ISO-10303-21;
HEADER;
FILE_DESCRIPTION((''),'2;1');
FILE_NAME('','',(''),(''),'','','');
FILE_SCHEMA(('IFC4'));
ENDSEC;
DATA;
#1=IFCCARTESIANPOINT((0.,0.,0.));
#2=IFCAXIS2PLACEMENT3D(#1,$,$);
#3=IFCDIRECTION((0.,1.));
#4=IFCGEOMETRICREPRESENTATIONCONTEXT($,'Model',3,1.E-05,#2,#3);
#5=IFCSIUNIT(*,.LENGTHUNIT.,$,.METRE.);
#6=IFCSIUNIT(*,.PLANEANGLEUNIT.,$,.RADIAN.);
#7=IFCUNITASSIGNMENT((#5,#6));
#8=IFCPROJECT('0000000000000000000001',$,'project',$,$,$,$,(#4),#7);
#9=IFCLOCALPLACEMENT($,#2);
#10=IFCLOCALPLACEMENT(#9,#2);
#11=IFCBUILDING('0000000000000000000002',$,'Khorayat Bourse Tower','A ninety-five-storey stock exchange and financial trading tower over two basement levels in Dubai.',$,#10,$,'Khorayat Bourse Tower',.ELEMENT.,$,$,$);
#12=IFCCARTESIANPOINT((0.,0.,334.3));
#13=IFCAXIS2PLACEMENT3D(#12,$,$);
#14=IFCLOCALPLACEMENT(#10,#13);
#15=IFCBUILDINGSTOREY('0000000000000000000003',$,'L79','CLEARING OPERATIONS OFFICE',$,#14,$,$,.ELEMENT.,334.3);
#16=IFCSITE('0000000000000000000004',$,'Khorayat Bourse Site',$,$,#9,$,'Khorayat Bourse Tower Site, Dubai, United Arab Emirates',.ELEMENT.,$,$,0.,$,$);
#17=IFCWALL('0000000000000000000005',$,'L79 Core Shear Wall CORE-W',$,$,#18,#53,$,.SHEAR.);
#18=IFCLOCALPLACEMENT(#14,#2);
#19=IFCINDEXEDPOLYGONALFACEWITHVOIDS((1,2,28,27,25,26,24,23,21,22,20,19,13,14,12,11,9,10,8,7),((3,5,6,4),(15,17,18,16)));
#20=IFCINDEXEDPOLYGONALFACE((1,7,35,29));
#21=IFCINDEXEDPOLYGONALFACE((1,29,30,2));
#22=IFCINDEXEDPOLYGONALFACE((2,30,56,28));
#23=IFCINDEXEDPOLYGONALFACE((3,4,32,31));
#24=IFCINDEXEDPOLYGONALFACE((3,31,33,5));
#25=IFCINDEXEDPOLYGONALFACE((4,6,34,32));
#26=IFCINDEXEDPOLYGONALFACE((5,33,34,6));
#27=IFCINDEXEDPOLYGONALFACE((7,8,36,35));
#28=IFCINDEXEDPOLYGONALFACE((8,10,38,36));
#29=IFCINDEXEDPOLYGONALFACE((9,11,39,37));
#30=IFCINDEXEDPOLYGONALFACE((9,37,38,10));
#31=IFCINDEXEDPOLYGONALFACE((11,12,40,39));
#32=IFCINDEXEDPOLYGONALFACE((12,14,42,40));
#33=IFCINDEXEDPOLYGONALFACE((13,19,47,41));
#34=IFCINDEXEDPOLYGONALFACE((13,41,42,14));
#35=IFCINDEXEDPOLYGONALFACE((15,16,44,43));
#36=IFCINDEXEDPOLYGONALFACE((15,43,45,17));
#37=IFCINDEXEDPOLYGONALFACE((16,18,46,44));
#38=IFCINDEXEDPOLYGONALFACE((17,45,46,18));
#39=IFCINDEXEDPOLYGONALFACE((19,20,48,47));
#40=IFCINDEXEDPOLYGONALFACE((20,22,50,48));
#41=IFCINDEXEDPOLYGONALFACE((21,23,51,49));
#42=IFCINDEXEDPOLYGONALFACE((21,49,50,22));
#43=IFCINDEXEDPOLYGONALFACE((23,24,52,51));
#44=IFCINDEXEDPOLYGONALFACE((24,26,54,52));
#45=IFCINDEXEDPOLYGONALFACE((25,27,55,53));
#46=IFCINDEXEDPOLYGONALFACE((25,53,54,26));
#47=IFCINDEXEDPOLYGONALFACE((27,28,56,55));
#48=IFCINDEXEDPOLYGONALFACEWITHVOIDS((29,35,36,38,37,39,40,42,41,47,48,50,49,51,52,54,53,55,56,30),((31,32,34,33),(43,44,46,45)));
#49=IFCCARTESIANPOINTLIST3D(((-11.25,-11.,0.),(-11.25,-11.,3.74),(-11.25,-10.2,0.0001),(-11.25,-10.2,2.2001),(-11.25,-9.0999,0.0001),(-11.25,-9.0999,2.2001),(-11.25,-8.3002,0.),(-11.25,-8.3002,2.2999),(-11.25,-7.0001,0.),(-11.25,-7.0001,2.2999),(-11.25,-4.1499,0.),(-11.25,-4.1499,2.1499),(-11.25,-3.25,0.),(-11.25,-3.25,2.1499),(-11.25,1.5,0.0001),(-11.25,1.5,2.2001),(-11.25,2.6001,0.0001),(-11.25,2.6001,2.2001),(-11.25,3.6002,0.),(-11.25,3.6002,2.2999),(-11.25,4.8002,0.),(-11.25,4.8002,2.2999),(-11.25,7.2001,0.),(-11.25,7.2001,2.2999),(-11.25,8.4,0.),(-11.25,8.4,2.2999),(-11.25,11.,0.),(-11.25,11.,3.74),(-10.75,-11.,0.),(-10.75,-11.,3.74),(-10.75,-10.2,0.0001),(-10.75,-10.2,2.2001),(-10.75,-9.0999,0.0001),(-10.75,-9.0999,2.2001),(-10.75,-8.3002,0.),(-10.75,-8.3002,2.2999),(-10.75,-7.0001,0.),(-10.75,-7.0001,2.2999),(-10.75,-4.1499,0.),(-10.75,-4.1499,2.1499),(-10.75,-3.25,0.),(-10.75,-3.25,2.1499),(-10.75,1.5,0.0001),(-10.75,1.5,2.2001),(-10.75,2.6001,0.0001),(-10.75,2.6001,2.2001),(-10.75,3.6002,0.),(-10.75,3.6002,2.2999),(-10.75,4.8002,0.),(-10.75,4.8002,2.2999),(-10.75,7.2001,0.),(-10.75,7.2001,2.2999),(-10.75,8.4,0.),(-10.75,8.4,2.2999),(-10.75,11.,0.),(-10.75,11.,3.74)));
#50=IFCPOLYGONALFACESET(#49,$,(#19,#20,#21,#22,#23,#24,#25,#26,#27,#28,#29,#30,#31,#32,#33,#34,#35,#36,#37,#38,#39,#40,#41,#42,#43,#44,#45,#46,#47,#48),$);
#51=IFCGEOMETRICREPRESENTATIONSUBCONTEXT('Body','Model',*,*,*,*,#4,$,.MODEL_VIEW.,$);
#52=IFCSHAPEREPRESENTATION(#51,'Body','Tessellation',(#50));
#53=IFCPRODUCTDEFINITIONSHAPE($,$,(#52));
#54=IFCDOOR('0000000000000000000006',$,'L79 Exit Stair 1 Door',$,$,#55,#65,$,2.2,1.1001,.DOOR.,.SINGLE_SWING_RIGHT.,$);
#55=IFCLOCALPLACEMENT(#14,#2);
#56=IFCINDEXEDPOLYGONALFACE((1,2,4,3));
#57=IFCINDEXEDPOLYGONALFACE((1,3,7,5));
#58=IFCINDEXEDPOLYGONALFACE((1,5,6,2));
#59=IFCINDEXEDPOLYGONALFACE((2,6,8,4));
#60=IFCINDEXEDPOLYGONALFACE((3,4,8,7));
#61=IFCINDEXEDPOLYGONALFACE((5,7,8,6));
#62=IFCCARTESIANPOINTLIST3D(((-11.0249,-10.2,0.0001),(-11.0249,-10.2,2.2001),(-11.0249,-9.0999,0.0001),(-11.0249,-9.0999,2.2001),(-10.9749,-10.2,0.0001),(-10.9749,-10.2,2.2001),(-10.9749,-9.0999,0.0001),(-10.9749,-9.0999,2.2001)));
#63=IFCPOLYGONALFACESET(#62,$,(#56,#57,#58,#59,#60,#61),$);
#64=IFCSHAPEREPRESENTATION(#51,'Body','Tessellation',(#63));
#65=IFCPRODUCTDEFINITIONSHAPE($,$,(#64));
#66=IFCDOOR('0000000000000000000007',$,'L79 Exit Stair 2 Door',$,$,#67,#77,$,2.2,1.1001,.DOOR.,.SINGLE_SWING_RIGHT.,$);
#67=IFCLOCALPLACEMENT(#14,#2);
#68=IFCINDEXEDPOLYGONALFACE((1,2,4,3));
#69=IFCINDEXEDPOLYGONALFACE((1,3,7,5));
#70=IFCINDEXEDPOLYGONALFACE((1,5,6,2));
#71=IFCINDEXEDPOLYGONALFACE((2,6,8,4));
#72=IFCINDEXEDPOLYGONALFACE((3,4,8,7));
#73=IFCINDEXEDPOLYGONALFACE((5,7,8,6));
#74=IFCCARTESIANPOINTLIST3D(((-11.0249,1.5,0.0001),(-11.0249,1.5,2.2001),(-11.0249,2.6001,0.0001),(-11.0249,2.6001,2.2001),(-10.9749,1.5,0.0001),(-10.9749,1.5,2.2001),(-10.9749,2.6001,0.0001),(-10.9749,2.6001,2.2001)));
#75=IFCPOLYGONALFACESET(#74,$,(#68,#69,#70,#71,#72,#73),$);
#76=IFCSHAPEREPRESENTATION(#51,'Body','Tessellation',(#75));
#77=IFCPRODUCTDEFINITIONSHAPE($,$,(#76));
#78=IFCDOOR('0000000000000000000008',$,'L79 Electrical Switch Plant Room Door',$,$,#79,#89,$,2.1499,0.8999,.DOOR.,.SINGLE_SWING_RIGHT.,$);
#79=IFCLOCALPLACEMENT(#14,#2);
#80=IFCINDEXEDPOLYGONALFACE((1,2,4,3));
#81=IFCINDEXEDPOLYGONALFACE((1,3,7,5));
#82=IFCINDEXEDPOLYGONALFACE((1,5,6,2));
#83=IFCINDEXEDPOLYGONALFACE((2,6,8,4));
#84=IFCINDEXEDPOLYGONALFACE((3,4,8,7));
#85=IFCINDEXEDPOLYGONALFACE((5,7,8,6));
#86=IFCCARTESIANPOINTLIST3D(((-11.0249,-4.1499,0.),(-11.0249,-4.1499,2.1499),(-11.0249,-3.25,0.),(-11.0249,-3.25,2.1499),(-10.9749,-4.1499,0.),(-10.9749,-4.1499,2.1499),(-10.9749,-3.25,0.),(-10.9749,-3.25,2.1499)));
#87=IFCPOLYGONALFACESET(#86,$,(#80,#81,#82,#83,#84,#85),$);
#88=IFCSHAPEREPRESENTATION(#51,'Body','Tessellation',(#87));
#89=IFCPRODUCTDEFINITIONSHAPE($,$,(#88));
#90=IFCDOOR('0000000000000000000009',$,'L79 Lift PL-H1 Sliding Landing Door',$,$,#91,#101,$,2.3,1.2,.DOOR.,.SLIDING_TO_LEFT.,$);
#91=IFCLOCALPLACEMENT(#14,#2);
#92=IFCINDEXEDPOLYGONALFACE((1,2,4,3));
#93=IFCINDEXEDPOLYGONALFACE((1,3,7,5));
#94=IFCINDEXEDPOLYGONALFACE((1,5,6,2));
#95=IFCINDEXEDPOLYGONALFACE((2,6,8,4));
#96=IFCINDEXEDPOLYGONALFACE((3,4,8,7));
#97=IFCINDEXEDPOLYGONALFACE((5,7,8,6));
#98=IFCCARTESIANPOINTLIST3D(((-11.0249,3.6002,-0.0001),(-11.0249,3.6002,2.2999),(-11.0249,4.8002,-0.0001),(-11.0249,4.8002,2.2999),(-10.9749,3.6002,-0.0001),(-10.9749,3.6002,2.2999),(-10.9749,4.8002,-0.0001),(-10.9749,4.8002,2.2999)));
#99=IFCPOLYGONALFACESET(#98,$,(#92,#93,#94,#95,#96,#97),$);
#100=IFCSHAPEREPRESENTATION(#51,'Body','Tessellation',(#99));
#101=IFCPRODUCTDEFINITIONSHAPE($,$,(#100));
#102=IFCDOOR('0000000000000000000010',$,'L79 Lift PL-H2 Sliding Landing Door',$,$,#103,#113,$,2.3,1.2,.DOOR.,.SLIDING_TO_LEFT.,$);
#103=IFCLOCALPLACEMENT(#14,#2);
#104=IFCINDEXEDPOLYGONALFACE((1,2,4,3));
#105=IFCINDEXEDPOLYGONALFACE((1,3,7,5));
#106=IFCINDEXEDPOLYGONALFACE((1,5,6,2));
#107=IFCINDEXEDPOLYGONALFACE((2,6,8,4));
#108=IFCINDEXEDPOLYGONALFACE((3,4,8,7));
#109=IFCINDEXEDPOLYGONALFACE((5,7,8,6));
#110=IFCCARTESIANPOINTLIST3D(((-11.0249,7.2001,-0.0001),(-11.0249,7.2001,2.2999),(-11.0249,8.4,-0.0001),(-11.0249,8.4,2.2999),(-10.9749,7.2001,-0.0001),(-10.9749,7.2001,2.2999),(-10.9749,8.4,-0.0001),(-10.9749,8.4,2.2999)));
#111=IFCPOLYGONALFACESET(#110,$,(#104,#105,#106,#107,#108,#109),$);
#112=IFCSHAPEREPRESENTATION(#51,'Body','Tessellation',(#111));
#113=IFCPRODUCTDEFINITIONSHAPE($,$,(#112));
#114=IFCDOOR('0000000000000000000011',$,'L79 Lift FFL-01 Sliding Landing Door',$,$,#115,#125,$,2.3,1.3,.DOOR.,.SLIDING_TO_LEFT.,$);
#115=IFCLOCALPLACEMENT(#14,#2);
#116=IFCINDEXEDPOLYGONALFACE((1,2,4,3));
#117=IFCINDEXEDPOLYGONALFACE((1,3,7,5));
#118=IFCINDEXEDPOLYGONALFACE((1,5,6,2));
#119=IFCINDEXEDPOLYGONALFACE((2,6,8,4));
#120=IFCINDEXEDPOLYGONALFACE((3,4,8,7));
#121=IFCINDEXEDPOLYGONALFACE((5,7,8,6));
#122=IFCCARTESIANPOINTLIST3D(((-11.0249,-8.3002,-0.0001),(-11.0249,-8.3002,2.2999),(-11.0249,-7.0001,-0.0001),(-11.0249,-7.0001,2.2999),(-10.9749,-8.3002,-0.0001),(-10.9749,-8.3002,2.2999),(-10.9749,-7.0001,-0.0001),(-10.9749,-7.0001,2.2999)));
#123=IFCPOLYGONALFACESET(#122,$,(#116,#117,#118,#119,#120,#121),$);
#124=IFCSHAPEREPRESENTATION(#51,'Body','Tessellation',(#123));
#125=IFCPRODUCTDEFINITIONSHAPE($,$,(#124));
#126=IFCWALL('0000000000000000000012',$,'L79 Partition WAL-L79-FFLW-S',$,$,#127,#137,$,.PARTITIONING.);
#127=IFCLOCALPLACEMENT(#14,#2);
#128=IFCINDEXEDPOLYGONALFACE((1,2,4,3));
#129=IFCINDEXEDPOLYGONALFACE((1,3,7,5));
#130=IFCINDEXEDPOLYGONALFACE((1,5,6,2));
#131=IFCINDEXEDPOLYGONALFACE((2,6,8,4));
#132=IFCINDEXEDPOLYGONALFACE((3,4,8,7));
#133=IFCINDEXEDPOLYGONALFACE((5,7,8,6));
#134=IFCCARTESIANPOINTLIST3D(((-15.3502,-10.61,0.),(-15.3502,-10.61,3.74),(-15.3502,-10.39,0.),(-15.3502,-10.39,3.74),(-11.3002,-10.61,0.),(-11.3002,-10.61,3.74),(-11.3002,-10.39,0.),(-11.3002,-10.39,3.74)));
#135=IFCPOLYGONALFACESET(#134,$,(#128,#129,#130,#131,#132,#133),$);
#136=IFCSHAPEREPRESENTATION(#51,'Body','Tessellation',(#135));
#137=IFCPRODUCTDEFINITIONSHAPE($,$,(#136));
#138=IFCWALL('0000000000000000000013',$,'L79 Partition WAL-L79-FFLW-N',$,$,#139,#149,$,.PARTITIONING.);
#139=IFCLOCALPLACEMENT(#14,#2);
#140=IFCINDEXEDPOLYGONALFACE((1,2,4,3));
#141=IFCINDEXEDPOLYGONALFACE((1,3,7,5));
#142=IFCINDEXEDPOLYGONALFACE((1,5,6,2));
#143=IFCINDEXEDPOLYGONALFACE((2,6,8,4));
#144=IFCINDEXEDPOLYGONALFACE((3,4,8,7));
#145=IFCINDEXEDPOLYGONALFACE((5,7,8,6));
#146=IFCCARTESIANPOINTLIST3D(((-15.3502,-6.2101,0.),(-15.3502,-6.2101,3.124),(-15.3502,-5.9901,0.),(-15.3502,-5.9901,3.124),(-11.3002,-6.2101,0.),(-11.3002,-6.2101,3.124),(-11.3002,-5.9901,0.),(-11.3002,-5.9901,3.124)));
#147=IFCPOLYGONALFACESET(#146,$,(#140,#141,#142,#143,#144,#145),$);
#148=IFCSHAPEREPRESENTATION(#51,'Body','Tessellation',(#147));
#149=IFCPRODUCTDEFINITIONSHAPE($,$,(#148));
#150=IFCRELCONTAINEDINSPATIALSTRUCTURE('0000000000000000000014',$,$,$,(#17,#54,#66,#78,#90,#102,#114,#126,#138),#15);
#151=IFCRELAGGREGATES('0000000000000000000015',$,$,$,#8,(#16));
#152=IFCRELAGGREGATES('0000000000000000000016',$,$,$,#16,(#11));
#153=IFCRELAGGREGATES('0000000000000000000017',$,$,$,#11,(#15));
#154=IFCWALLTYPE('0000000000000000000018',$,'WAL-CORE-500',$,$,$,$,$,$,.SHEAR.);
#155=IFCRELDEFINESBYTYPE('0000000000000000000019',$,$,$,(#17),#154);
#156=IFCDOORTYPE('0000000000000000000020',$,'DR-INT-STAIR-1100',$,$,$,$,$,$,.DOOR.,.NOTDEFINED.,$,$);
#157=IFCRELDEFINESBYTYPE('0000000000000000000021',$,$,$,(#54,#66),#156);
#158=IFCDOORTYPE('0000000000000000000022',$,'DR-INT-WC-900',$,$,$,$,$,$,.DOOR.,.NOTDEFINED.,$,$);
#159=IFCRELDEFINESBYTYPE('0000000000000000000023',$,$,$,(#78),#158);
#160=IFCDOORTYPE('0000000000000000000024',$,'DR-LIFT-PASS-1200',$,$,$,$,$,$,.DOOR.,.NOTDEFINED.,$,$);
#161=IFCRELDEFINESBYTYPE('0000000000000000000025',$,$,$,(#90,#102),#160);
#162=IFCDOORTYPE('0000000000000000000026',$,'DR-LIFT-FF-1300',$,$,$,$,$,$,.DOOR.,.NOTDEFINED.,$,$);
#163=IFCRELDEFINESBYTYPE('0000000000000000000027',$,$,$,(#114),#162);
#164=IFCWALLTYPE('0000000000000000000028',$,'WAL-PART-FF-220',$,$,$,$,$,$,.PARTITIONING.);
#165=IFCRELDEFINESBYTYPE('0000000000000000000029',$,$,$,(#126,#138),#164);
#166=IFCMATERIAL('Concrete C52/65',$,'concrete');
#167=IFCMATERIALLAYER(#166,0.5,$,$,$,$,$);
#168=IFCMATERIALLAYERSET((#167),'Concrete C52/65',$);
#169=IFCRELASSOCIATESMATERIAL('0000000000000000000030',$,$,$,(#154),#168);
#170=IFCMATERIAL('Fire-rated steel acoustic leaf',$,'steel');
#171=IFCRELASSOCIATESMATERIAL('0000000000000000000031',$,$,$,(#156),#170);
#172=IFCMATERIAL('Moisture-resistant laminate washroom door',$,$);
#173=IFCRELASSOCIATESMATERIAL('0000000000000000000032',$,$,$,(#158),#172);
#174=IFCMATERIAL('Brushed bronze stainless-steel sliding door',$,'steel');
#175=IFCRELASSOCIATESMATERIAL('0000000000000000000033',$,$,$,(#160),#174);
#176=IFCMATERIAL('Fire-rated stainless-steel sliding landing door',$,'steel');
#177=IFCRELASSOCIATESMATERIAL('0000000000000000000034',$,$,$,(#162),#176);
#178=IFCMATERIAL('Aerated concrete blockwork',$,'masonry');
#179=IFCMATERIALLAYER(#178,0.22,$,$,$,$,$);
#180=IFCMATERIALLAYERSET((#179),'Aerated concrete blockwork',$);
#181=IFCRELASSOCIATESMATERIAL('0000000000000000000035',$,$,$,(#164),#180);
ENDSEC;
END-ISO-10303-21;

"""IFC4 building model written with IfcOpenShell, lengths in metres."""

from ifc_helpers import new_model, si_unit, direction, frame, frame_2d, origin, place, context, subcontext, project, spatial, rectangle, extrude, source, transform, mapped, material, layer, layer_set, type_object, element, fill, save


model = new_model("IFC4")

# Units and contexts
model_context = context("Model", 3, precision=1e-05, world=origin(), true_north=direction((0.0, 1.0)))
body_context = subcontext(model_context, "Body", "Model", "MODEL_VIEW")
ifc_project = project(units=[si_unit("LENGTHUNIT", "METRE"), si_unit("PLANEANGLEUNIT", "RADIAN")], contexts=[model_context])

# Site, building, storey
site_placement = place(None, origin())
site = spatial("IfcSite", under=ifc_project, at=site_placement, Name="Khorayat Bourse Site", LongName="Khorayat Bourse Tower Site, Dubai, United Arab Emirates", CompositionType="ELEMENT", RefElevation=0.0)
building_placement = place(site_placement, origin())
building = spatial("IfcBuilding", under=site, at=building_placement, Name="Khorayat Bourse Tower", Description="A ninety-five-storey stock exchange and financial trading tower over two basement levels in Dubai.", LongName="Khorayat Bourse Tower", CompositionType="ELEMENT")
storey_placement = place(building_placement, frame((0.0, 0.0, 334.3)))
storey = spatial("IfcBuildingStorey", under=building, at=storey_placement, Name="L79", Description="CLEARING OPERATIONS OFFICE", CompositionType="ELEMENT", Elevation=334.3)

# Shared definitions
ifc_material_1 = material(Name="Concrete C52/65", Category="concrete")

# Wall, openings, doors
ifc_layer_1 = layer(ifc_material_1, 0.5)
ifc_layer_set_1 = layer_set([ifc_layer_1], Name="Concrete C52/65")
wall_type_1 = type_object("IfcWallType", Name="WAL-CORE-500", PredefinedType="SHEAR", material=ifc_layer_set_1)
shared_shape_1 = source(origin(), body_context, "Body", "SweptSolid", [
    extrude(rectangle(XDim=22.0, YDim=0.5, at=frame_2d((11.0, 0.0))), origin(), (0.0, 0.0, 1.0), 3.74),
])
wall_1_placement = place(storey_placement, frame((-11.0, -11.0, 0.0), z_axis=(0.0, 0.0, 1.0), x_axis=(0.0, 1.0, 0.0)))
wall_1 = element("IfcWall", 1, at=wall_1_placement, inside=storey, type_object=wall_type_1, Name="L79 Core Shear Wall CORE-W", PredefinedType="SHEAR", context=body_context, shape_type="MappedRepresentation", body=[
    mapped(shared_shape_1, transform((0.0, 0.0, 0.0), scale=1.0)),
])
shared_shape_2 = source(origin(), body_context, "Body", "SweptSolid", [
    extrude(rectangle(XDim=1.1001, YDim=2.2, at=frame_2d((0.55, 1.1001))), frame((0.0, 0.26, 0.0), z_axis=(0.0, -1.0, 0.0), x_axis=(1.0, 0.0, 0.0)), (0.0, 0.0, 1.0), 0.52),
])
opening_1_placement = place(wall_1_placement, frame((0.8, 0.0, 0.0)))
opening_1 = element("IfcOpeningElement", 2, at=opening_1_placement, cuts=wall_1, PredefinedType="OPENING", context=body_context, shape_type="MappedRepresentation", body=[
    mapped(shared_shape_2, transform((0.0, 0.0, 0.0), scale=1.0)),
])
opening_2_placement = place(wall_1_placement, frame((12.5, 0.0, 0.0)))
opening_2 = element("IfcOpeningElement", 3, at=opening_2_placement, cuts=wall_1, PredefinedType="OPENING", context=body_context, shape_type="MappedRepresentation", body=[
    mapped(shared_shape_2, transform((0.0, 0.0, 0.0), scale=1.0)),
])
shared_shape_3 = source(origin(), body_context, "Body", "SweptSolid", [
    extrude(rectangle(XDim=0.8999, YDim=2.1499, at=frame_2d((0.45, 1.075))), frame((0.0, 0.26, 0.0), z_axis=(0.0, -1.0, 0.0), x_axis=(1.0, 0.0, 0.0)), (0.0, 0.0, 1.0), 0.52),
])
opening_3_placement = place(wall_1_placement, frame((6.8501, 0.0, 0.0)))
opening_3 = element("IfcOpeningElement", 4, at=opening_3_placement, cuts=wall_1, PredefinedType="OPENING", context=body_context, shape_type="MappedRepresentation", body=[
    mapped(shared_shape_3, transform((0.0, 0.0, 0.0), scale=1.0)),
])
shared_shape_4 = source(origin(), body_context, "Body", "SweptSolid", [
    extrude(rectangle(XDim=1.2, YDim=2.3, at=frame_2d((0.6001, 1.1499))), frame((0.0, 0.26, 0.0), z_axis=(0.0, -1.0, 0.0), x_axis=(1.0, 0.0, 0.0)), (0.0, 0.0, 1.0), 0.52),
])
opening_4_placement = place(wall_1_placement, frame((14.6001, 0.0, 0.0)))
opening_4 = element("IfcOpeningElement", 5, at=opening_4_placement, cuts=wall_1, PredefinedType="OPENING", context=body_context, shape_type="MappedRepresentation", body=[
    mapped(shared_shape_4, transform((0.0, 0.0, 0.0), scale=1.0)),
])
opening_5_placement = place(wall_1_placement, frame((18.2, 0.0, 0.0)))
opening_5 = element("IfcOpeningElement", 6, at=opening_5_placement, cuts=wall_1, PredefinedType="OPENING", context=body_context, shape_type="MappedRepresentation", body=[
    mapped(shared_shape_4, transform((0.0, 0.0, 0.0), scale=1.0)),
])
shared_shape_5 = source(origin(), body_context, "Body", "SweptSolid", [
    extrude(rectangle(XDim=1.3, YDim=2.3, at=frame_2d((0.6499, 1.1499))), frame((0.0, 0.26, 0.0), z_axis=(0.0, -1.0, 0.0), x_axis=(1.0, 0.0, 0.0)), (0.0, 0.0, 1.0), 0.52),
])
opening_6_placement = place(wall_1_placement, frame((2.7, 0.0, 0.0)))
opening_6 = element("IfcOpeningElement", 7, at=opening_6_placement, cuts=wall_1, PredefinedType="OPENING", context=body_context, shape_type="MappedRepresentation", body=[
    mapped(shared_shape_5, transform((0.0, 0.0, 0.0), scale=1.0)),
])
ifc_material_2 = material(Name="Fire-rated steel acoustic leaf", Category="steel")
door_type_1 = type_object("IfcDoorType", Name="DR-INT-STAIR-1100", OperationType="NOTDEFINED", PredefinedType="DOOR", material=ifc_material_2)
shared_shape_6 = source(origin(), body_context, "Body", "SweptSolid", [
    extrude(rectangle(XDim=1.1001, YDim=2.2, at=frame_2d((0.55, 1.1001))), frame((0.0, 0.0249, 0.0), z_axis=(0.0, -1.0, 0.0), x_axis=(1.0, 0.0, 0.0)), (0.0, 0.0, 1.0), 0.05),
])
door_1_placement = place(opening_1_placement, origin())
door_1 = element("IfcDoor", 8, at=door_1_placement, inside=storey, type_object=door_type_1, Name="L79 Exit Stair 1 Door", OperationType="SINGLE_SWING_RIGHT", OverallHeight=2.2, OverallWidth=1.1001, PredefinedType="DOOR", context=body_context, shape_type="MappedRepresentation", body=[
    mapped(shared_shape_6, transform((0.0, 0.0, 0.0), scale=1.0)),
])
fill(opening_1, door_1)
door_2_placement = place(opening_2_placement, origin())
door_2 = element("IfcDoor", 9, at=door_2_placement, inside=storey, type_object=door_type_1, Name="L79 Exit Stair 2 Door", OperationType="SINGLE_SWING_RIGHT", OverallHeight=2.2, OverallWidth=1.1001, PredefinedType="DOOR", context=body_context, shape_type="MappedRepresentation", body=[
    mapped(shared_shape_6, transform((0.0, 0.0, 0.0), scale=1.0)),
])
fill(opening_2, door_2)
ifc_material_3 = material(Name="Moisture-resistant laminate washroom door")
door_type_2 = type_object("IfcDoorType", Name="DR-INT-WC-900", OperationType="NOTDEFINED", PredefinedType="DOOR", material=ifc_material_3)
shared_shape_7 = source(origin(), body_context, "Body", "SweptSolid", [
    extrude(rectangle(XDim=0.8999, YDim=2.1499, at=frame_2d((0.45, 1.075))), frame((0.0, 0.0249, 0.0), z_axis=(0.0, -1.0, 0.0), x_axis=(1.0, 0.0, 0.0)), (0.0, 0.0, 1.0), 0.05),
])
door_3_placement = place(opening_3_placement, origin())
door_3 = element("IfcDoor", 10, at=door_3_placement, inside=storey, type_object=door_type_2, Name="L79 Electrical Switch Plant Room Door", OperationType="SINGLE_SWING_RIGHT", OverallHeight=2.1499, OverallWidth=0.8999, PredefinedType="DOOR", context=body_context, shape_type="MappedRepresentation", body=[
    mapped(shared_shape_7, transform((0.0, 0.0, 0.0), scale=1.0)),
])
fill(opening_3, door_3)
ifc_material_4 = material(Name="Brushed bronze stainless-steel sliding door", Category="steel")
door_type_3 = type_object("IfcDoorType", Name="DR-LIFT-PASS-1200", OperationType="NOTDEFINED", PredefinedType="DOOR", material=ifc_material_4)
shared_shape_8 = source(origin(), body_context, "Body", "SweptSolid", [
    extrude(rectangle(XDim=1.2, YDim=2.3, at=frame_2d((0.6001, 1.1499))), frame((0.0, 0.0249, 0.0), z_axis=(0.0, -1.0, 0.0), x_axis=(1.0, 0.0, 0.0)), (0.0, 0.0, 1.0), 0.05),
])
door_4_placement = place(opening_4_placement, origin())
door_4 = element("IfcDoor", 11, at=door_4_placement, inside=storey, type_object=door_type_3, Name="L79 Lift PL-H1 Sliding Landing Door", OperationType="SLIDING_TO_LEFT", OverallHeight=2.3, OverallWidth=1.2, PredefinedType="DOOR", context=body_context, shape_type="MappedRepresentation", body=[
    mapped(shared_shape_8, transform((0.0, 0.0, 0.0), scale=1.0)),
])
fill(opening_4, door_4)
door_5_placement = place(opening_5_placement, origin())
door_5 = element("IfcDoor", 12, at=door_5_placement, inside=storey, type_object=door_type_3, Name="L79 Lift PL-H2 Sliding Landing Door", OperationType="SLIDING_TO_LEFT", OverallHeight=2.3, OverallWidth=1.2, PredefinedType="DOOR", context=body_context, shape_type="MappedRepresentation", body=[
    mapped(shared_shape_8, transform((0.0, 0.0, 0.0), scale=1.0)),
])
fill(opening_5, door_5)
ifc_material_5 = material(Name="Fire-rated stainless-steel sliding landing door", Category="steel")
door_type_4 = type_object("IfcDoorType", Name="DR-LIFT-FF-1300", OperationType="NOTDEFINED", PredefinedType="DOOR", material=ifc_material_5)
shared_shape_9 = source(origin(), body_context, "Body", "SweptSolid", [
    extrude(rectangle(XDim=1.3, YDim=2.3, at=frame_2d((0.6499, 1.1499))), frame((0.0, 0.0249, 0.0), z_axis=(0.0, -1.0, 0.0), x_axis=(1.0, 0.0, 0.0)), (0.0, 0.0, 1.0), 0.05),
])
door_6_placement = place(opening_6_placement, origin())
door_6 = element("IfcDoor", 13, at=door_6_placement, inside=storey, type_object=door_type_4, Name="L79 Lift FFL-01 Sliding Landing Door", OperationType="SLIDING_TO_LEFT", OverallHeight=2.3, OverallWidth=1.3, PredefinedType="DOOR", context=body_context, shape_type="MappedRepresentation", body=[
    mapped(shared_shape_9, transform((0.0, 0.0, 0.0), scale=1.0)),
])
fill(opening_6, door_6)

# Walls
ifc_material_6 = material(Name="Aerated concrete blockwork", Category="masonry")
ifc_layer_2 = layer(ifc_material_6, 0.22)
ifc_layer_set_2 = layer_set([ifc_layer_2], Name="Aerated concrete blockwork")
wall_type_2 = type_object("IfcWallType", Name="WAL-PART-FF-220", PredefinedType="PARTITIONING", material=ifc_layer_set_2)
shared_shape_10 = source(origin(), body_context, "Body", "SweptSolid", [
    extrude(rectangle(XDim=4.05, YDim=0.22, at=frame_2d((2.0249, 0.0))), origin(), (0.0, 0.0, 1.0), 3.74),
])
wall_2_placement = place(storey_placement, frame((-15.3501, -10.5, 0.0), z_axis=(0.0, 0.0, 1.0), x_axis=(1.0, 0.0, 0.0)))
element("IfcWall", 14, at=wall_2_placement, inside=storey, type_object=wall_type_2, Name="L79 Partition WAL-L79-FFLW-S", PredefinedType="PARTITIONING", context=body_context, shape_type="MappedRepresentation", body=[
    mapped(shared_shape_10, transform((0.0, 0.0, 0.0), scale=1.0)),
])
shared_shape_11 = source(origin(), body_context, "Body", "SweptSolid", [
    extrude(rectangle(XDim=4.05, YDim=0.22, at=frame_2d((2.0249, 0.0))), origin(), (0.0, 0.0, 1.0), 3.124),
])
wall_3_placement = place(storey_placement, frame((-15.3501, -6.1001, 0.0), z_axis=(0.0, 0.0, 1.0), x_axis=(1.0, 0.0, 0.0)))
element("IfcWall", 15, at=wall_3_placement, inside=storey, type_object=wall_type_2, Name="L79 Partition WAL-L79-FFLW-N", PredefinedType="PARTITIONING", context=body_context, shape_type="MappedRepresentation", body=[
    mapped(shared_shape_11, transform((0.0, 0.0, 0.0), scale=1.0)),
])

save(model, "model.ifc")
